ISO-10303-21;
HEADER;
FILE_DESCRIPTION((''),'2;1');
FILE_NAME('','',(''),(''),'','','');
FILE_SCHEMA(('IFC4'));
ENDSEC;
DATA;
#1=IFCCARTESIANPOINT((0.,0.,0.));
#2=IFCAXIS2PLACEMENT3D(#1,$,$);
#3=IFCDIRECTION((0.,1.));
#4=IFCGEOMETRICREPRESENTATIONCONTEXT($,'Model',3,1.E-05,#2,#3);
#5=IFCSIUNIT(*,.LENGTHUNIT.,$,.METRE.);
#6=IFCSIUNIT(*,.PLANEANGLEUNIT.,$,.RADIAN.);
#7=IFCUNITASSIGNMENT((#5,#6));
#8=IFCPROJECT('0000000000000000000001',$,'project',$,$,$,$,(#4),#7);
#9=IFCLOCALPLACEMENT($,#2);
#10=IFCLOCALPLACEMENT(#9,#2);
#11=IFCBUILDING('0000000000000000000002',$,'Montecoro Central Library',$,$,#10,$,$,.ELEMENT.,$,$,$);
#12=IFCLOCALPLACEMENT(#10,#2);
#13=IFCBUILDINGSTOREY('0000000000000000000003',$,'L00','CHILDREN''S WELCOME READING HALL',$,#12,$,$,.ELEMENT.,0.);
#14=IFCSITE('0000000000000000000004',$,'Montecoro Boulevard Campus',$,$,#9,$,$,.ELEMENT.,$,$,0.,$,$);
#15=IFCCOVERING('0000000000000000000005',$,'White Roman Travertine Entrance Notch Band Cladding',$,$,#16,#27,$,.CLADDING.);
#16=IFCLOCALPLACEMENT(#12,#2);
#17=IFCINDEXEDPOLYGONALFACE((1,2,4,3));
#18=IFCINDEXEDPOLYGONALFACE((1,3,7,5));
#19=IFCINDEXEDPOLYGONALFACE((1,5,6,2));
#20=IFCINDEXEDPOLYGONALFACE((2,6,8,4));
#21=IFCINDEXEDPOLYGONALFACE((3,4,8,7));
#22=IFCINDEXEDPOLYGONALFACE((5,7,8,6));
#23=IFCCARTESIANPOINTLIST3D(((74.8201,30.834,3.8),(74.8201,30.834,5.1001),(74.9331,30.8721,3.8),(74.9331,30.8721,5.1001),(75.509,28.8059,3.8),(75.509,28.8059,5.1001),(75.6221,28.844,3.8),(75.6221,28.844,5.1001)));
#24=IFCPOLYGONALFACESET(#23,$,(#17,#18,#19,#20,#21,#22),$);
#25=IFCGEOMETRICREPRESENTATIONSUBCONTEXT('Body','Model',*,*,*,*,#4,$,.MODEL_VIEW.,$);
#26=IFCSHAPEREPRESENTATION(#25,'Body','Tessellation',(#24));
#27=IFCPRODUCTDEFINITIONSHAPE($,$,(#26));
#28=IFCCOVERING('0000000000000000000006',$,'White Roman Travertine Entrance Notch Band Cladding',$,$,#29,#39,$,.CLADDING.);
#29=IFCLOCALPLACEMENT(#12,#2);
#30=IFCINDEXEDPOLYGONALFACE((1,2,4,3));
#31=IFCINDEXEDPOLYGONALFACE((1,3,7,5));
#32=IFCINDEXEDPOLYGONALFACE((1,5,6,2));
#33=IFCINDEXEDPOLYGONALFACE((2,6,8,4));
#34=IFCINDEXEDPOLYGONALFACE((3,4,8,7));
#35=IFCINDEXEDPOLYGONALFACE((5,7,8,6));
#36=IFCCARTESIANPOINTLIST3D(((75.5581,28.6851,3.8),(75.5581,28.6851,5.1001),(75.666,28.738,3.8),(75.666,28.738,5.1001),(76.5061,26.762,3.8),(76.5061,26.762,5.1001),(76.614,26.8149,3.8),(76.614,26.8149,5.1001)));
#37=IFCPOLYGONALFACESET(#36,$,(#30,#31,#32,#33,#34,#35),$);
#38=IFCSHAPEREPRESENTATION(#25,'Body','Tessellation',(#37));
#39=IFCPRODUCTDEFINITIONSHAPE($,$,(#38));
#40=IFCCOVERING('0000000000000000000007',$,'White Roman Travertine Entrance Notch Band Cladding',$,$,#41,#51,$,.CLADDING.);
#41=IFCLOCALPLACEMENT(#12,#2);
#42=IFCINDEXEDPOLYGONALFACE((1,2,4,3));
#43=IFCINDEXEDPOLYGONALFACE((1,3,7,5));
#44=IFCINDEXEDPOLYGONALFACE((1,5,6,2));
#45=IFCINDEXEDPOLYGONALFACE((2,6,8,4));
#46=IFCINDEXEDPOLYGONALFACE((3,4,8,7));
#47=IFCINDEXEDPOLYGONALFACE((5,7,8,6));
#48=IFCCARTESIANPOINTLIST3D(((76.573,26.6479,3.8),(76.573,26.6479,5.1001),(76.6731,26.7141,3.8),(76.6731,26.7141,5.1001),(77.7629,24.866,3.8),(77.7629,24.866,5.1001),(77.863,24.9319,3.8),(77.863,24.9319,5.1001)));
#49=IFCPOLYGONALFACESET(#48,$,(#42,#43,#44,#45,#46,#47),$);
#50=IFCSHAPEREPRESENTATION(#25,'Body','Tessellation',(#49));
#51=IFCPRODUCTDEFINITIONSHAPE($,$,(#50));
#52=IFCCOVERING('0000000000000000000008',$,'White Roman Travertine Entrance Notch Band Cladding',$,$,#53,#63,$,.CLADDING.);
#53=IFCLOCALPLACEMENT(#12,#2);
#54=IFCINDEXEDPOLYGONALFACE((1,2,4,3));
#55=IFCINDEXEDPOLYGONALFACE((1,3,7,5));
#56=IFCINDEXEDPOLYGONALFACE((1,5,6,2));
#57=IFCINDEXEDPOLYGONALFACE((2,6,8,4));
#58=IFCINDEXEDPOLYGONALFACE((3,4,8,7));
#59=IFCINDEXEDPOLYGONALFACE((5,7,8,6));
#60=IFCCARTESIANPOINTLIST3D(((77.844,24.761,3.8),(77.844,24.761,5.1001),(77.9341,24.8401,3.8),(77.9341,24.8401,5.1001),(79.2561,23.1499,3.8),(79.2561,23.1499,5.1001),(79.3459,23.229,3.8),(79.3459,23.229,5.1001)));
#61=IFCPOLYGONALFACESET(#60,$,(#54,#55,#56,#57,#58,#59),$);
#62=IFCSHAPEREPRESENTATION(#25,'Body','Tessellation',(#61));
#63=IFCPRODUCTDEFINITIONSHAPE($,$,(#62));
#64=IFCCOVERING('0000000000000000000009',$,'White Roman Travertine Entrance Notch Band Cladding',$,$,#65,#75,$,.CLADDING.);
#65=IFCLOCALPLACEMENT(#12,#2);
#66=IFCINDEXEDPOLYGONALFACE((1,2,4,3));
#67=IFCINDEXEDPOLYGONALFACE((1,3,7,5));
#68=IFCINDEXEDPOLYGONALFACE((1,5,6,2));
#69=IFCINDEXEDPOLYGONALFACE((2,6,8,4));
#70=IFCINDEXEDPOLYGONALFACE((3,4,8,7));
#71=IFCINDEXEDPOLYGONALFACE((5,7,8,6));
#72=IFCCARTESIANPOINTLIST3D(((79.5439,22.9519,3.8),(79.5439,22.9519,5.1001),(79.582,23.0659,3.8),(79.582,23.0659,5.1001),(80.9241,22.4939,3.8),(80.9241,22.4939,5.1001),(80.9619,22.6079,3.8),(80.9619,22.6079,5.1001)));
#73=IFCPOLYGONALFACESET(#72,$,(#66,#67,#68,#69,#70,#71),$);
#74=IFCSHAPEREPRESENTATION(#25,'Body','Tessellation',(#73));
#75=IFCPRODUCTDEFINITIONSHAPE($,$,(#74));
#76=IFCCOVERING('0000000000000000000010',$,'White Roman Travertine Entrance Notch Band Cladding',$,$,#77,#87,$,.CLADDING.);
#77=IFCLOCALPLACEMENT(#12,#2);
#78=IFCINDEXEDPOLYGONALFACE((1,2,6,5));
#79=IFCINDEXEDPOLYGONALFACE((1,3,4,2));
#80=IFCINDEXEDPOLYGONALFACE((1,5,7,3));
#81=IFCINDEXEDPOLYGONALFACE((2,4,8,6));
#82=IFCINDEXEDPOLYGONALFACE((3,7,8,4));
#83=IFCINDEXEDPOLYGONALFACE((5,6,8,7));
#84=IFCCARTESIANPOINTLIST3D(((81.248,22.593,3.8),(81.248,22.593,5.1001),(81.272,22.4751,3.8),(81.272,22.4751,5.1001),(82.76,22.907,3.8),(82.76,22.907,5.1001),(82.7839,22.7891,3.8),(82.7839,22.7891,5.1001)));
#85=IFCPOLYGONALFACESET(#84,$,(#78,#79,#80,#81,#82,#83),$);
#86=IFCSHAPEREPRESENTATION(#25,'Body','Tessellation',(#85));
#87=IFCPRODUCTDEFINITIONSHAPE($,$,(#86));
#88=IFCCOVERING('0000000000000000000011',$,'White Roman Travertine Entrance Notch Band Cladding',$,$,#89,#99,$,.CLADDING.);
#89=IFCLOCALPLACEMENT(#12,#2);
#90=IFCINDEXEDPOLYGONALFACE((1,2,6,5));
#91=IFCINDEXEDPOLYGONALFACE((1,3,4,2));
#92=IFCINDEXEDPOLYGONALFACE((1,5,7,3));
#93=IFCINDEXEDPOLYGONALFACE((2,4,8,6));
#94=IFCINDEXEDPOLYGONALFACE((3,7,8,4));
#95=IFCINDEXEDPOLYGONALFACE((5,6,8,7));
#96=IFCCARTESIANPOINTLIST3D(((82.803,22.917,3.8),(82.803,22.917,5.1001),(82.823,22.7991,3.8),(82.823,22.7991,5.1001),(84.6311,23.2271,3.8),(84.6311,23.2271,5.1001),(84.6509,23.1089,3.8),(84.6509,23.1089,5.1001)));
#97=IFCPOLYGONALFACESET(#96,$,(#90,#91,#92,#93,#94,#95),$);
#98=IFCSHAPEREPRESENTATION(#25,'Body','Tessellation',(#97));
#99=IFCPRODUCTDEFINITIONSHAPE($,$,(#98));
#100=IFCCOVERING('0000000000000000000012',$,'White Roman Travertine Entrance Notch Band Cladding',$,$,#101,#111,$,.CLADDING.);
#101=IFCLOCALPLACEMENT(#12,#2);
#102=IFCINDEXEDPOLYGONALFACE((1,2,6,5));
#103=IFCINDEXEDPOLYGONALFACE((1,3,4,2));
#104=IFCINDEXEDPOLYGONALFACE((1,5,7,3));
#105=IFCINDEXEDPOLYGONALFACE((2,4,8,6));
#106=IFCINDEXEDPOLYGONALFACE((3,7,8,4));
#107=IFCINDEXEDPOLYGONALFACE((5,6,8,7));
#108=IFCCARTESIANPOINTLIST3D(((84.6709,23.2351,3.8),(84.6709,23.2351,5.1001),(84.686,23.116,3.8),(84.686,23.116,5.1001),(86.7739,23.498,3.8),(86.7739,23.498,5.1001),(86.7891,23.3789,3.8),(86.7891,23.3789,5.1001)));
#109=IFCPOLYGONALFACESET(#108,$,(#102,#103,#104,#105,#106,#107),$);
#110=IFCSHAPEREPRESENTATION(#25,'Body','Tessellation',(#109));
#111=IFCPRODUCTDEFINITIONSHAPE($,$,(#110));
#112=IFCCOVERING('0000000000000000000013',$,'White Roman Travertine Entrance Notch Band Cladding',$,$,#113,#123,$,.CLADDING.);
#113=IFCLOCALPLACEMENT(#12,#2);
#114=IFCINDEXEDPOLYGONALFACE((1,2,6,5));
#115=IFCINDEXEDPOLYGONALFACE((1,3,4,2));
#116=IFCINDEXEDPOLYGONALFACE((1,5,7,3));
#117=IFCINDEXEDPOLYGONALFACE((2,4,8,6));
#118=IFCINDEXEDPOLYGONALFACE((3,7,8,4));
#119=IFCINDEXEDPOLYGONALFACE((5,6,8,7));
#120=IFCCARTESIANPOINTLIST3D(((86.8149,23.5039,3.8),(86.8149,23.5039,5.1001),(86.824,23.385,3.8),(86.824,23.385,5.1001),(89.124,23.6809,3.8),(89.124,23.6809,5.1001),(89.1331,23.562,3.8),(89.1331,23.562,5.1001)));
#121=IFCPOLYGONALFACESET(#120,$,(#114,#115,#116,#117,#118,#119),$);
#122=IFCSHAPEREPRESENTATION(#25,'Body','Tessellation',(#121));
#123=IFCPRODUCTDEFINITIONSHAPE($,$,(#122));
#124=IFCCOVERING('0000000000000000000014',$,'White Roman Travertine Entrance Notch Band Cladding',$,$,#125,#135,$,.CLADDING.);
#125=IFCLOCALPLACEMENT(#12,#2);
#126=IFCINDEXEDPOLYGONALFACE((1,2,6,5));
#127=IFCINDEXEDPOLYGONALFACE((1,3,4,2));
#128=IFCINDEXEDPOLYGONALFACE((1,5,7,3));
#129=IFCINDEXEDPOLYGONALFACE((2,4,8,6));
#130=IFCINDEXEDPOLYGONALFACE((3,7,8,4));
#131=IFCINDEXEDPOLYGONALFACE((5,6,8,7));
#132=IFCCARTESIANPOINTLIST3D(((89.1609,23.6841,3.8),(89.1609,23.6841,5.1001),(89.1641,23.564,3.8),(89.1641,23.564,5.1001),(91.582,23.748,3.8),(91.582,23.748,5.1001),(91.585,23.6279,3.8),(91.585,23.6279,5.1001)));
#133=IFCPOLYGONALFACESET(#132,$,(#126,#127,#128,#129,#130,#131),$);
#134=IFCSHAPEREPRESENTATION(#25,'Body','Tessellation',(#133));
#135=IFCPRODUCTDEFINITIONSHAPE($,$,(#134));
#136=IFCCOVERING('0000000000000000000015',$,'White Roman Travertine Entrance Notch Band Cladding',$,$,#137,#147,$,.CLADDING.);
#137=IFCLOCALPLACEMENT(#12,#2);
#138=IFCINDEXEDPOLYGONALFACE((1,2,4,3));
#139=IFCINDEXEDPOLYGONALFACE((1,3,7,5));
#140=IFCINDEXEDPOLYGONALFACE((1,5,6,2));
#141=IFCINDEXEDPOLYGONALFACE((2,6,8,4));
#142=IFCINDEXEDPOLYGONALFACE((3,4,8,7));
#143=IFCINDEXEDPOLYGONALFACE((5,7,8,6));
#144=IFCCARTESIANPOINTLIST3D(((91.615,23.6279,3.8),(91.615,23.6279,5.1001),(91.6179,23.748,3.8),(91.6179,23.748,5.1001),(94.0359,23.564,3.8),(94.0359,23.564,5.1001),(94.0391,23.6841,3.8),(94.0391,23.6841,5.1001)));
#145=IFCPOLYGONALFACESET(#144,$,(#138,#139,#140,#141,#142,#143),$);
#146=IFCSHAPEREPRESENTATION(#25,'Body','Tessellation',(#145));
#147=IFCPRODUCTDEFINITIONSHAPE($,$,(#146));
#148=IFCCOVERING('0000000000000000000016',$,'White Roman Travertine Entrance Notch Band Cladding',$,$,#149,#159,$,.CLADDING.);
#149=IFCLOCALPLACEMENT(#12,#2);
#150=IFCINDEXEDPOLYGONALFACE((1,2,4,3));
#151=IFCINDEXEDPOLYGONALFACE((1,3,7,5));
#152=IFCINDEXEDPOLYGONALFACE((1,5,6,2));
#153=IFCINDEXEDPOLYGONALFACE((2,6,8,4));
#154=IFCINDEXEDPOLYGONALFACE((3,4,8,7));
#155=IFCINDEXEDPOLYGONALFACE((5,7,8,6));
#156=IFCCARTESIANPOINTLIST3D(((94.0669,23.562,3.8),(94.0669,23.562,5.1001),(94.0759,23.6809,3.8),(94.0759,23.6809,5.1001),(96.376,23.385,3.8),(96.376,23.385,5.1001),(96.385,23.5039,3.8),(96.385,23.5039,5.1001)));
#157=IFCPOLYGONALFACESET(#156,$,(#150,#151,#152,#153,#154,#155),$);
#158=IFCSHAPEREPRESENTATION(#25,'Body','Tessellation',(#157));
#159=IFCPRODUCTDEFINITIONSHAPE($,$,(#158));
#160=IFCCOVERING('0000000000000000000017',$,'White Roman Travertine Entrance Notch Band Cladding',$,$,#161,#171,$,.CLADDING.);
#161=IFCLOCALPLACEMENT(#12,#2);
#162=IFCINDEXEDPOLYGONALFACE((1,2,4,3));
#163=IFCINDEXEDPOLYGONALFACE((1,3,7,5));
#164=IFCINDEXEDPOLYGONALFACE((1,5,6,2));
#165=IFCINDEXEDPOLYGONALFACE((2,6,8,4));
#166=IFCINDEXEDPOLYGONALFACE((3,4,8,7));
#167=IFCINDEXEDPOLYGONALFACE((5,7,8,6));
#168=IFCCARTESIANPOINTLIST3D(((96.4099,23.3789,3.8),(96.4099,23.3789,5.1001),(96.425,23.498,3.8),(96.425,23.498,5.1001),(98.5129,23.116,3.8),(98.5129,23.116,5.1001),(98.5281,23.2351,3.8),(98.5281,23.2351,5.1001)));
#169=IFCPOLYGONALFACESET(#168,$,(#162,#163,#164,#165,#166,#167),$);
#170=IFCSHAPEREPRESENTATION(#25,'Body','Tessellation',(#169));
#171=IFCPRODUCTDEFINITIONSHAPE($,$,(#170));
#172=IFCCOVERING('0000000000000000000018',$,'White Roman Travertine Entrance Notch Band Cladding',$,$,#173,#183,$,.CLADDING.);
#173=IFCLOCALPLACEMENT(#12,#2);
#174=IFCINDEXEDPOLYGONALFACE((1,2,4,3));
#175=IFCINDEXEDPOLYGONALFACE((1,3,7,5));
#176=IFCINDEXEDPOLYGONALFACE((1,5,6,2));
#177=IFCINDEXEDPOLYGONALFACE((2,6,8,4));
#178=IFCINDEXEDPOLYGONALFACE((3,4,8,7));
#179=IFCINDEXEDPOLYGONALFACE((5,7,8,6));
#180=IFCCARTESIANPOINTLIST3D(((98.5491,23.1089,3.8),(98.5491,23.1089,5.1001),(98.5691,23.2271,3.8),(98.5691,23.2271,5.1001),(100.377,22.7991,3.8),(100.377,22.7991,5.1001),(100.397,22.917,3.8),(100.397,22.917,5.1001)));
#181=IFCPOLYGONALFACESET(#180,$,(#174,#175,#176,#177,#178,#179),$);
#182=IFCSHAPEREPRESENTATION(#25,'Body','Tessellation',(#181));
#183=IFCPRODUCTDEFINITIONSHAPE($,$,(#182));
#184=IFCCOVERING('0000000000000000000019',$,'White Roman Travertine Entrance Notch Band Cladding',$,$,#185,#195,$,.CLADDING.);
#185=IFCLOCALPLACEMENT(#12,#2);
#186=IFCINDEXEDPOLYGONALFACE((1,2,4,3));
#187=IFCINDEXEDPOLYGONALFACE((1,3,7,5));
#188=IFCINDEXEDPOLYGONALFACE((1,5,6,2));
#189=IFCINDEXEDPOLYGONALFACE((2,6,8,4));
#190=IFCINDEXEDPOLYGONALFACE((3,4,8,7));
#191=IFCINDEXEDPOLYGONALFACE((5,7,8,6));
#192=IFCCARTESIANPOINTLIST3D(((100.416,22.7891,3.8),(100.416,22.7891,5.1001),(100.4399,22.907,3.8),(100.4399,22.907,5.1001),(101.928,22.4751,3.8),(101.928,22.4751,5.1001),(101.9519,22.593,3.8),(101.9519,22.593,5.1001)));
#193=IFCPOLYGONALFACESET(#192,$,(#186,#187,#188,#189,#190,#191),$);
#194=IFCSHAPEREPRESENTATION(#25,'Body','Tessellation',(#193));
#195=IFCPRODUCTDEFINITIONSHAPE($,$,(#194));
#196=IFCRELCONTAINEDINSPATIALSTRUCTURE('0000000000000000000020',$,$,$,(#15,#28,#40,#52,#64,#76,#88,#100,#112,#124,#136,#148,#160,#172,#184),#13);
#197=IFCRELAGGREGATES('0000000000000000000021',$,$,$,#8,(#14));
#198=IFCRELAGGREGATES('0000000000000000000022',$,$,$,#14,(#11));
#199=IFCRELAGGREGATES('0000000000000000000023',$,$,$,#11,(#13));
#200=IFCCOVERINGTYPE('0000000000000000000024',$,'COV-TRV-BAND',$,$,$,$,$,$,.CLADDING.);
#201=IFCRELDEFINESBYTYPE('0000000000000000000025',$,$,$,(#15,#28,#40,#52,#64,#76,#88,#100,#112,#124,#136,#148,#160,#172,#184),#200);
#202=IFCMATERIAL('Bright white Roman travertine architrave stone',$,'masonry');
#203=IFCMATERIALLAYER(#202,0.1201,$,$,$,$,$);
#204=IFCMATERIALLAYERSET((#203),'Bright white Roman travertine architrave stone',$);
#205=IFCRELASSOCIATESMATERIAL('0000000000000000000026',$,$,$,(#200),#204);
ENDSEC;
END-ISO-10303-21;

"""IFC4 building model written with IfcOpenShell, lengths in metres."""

from ifc_helpers import new_model, si_unit, direction, frame, origin, place, context, subcontext, project, spatial, polyline, outline, extrude, material, layer, layer_set, type_object, element, save


model = new_model("IFC4")

# Units and contexts
model_context = context("Model", 3, precision=1e-05, world=origin(), true_north=direction((0.0, 1.0)))
body_context = subcontext(model_context, "Body", "Model", "MODEL_VIEW")
ifc_project = project(units=[si_unit("LENGTHUNIT", "METRE"), si_unit("PLANEANGLEUNIT", "RADIAN")], contexts=[model_context])

# Site, building, storey
site_placement = place(None, origin())
site = spatial("IfcSite", under=ifc_project, at=site_placement, Name="Montecoro Boulevard Campus", CompositionType="ELEMENT", RefElevation=0.0)
building_placement = place(site_placement, origin())
building = spatial("IfcBuilding", under=site, at=building_placement, Name="Montecoro Central Library", CompositionType="ELEMENT")
storey_placement = place(building_placement, origin())
storey = spatial("IfcBuildingStorey", under=building, at=storey_placement, Name="L00", Description="CHILDREN'S WELCOME READING HALL", CompositionType="ELEMENT", Elevation=0.0)

# Coverings
ifc_material = material(Name="Bright white Roman travertine architrave stone", Category="masonry")
ifc_layer = layer(ifc_material, 0.1201)
ifc_layer_set = layer_set([ifc_layer], Name="Bright white Roman travertine architrave stone")
covering_type = type_object("IfcCoveringType", Name="COV-TRV-BAND", PredefinedType="CLADDING", material=ifc_layer_set)
covering_1_placement = place(storey_placement, frame((0.0, 0.0, 3.8)))
element("IfcCovering", 1, at=covering_1_placement, inside=storey, type_object=covering_type, Name="White Roman Travertine Entrance Notch Band Cladding", PredefinedType="CLADDING", context=body_context, shape_type="SweptSolid", body=[
    extrude(outline(polyline([(74.8201, 30.834), (75.509, 28.8059), (75.6221, 28.844), (74.9331, 30.8721), (74.8201, 30.834)])), origin(), (0.0, 0.0, 1.0), 1.3),
])
covering_2_placement = place(storey_placement, frame((0.0, 0.0, 3.8)))
element("IfcCovering", 2, at=covering_2_placement, inside=storey, type_object=covering_type, Name="White Roman Travertine Entrance Notch Band Cladding", PredefinedType="CLADDING", context=body_context, shape_type="SweptSolid", body=[
    extrude(outline(polyline([(75.5581, 28.6851), (76.5061, 26.762), (76.614, 26.8149), (75.666, 28.738), (75.5581, 28.6851)])), origin(), (0.0, 0.0, 1.0), 1.3),
])
covering_3_placement = place(storey_placement, frame((0.0, 0.0, 3.8)))
element("IfcCovering", 3, at=covering_3_placement, inside=storey, type_object=covering_type, Name="White Roman Travertine Entrance Notch Band Cladding", PredefinedType="CLADDING", context=body_context, shape_type="SweptSolid", body=[
    extrude(outline(polyline([(76.573, 26.6479), (77.7629, 24.866), (77.863, 24.9319), (76.6731, 26.7141), (76.573, 26.6479)])), origin(), (0.0, 0.0, 1.0), 1.3),
])
covering_4_placement = place(storey_placement, frame((0.0, 0.0, 3.8)))
element("IfcCovering", 4, at=covering_4_placement, inside=storey, type_object=covering_type, Name="White Roman Travertine Entrance Notch Band Cladding", PredefinedType="CLADDING", context=body_context, shape_type="SweptSolid", body=[
    extrude(outline(polyline([(77.844, 24.761), (79.2561, 23.1499), (79.3459, 23.229), (77.9341, 24.8401), (77.844, 24.761)])), origin(), (0.0, 0.0, 1.0), 1.3),
])
covering_5_placement = place(storey_placement, frame((0.0, 0.0, 3.8)))
element("IfcCovering", 5, at=covering_5_placement, inside=storey, type_object=covering_type, Name="White Roman Travertine Entrance Notch Band Cladding", PredefinedType="CLADDING", context=body_context, shape_type="SweptSolid", body=[
    extrude(outline(polyline([(79.5439, 22.9519), (80.9241, 22.4939), (80.9619, 22.6079), (79.582, 23.0659), (79.5439, 22.9519)])), origin(), (0.0, 0.0, 1.0), 1.3),
])
covering_6_placement = place(storey_placement, frame((0.0, 0.0, 3.8)))
element("IfcCovering", 6, at=covering_6_placement, inside=storey, type_object=covering_type, Name="White Roman Travertine Entrance Notch Band Cladding", PredefinedType="CLADDING", context=body_context, shape_type="SweptSolid", body=[
    extrude(outline(polyline([(81.272, 22.4751), (82.7839, 22.7891), (82.76, 22.907), (81.248, 22.593), (81.272, 22.4751)])), origin(), (0.0, 0.0, 1.0), 1.3),
])
covering_7_placement = place(storey_placement, frame((0.0, 0.0, 3.8)))
element("IfcCovering", 7, at=covering_7_placement, inside=storey, type_object=covering_type, Name="White Roman Travertine Entrance Notch Band Cladding", PredefinedType="CLADDING", context=body_context, shape_type="SweptSolid", body=[
    extrude(outline(polyline([(82.823, 22.7991), (84.6509, 23.1089), (84.6311, 23.2271), (82.803, 22.917), (82.823, 22.7991)])), origin(), (0.0, 0.0, 1.0), 1.3),
])
covering_8_placement = place(storey_placement, frame((0.0, 0.0, 3.8)))
element("IfcCovering", 8, at=covering_8_placement, inside=storey, type_object=covering_type, Name="White Roman Travertine Entrance Notch Band Cladding", PredefinedType="CLADDING", context=body_context, shape_type="SweptSolid", body=[
    extrude(outline(polyline([(84.686, 23.116), (86.7891, 23.3789), (86.7739, 23.498), (84.6709, 23.2351), (84.686, 23.116)])), origin(), (0.0, 0.0, 1.0), 1.3),
])
covering_9_placement = place(storey_placement, frame((0.0, 0.0, 3.8)))
element("IfcCovering", 9, at=covering_9_placement, inside=storey, type_object=covering_type, Name="White Roman Travertine Entrance Notch Band Cladding", PredefinedType="CLADDING", context=body_context, shape_type="SweptSolid", body=[
    extrude(outline(polyline([(86.824, 23.385), (89.1331, 23.562), (89.124, 23.6809), (86.8149, 23.5039), (86.824, 23.385)])), origin(), (0.0, 0.0, 1.0), 1.3),
])
covering_10_placement = place(storey_placement, frame((0.0, 0.0, 3.8)))
element("IfcCovering", 10, at=covering_10_placement, inside=storey, type_object=covering_type, Name="White Roman Travertine Entrance Notch Band Cladding", PredefinedType="CLADDING", context=body_context, shape_type="SweptSolid", body=[
    extrude(outline(polyline([(89.1641, 23.564), (91.585, 23.6279), (91.582, 23.748), (89.1609, 23.6841), (89.1641, 23.564)])), origin(), (0.0, 0.0, 1.0), 1.3),
])
covering_11_placement = place(storey_placement, frame((0.0, 0.0, 3.8)))
element("IfcCovering", 11, at=covering_11_placement, inside=storey, type_object=covering_type, Name="White Roman Travertine Entrance Notch Band Cladding", PredefinedType="CLADDING", context=body_context, shape_type="SweptSolid", body=[
    extrude(outline(polyline([(91.615, 23.6279), (94.0359, 23.564), (94.0391, 23.6841), (91.6179, 23.748), (91.615, 23.6279)])), origin(), (0.0, 0.0, 1.0), 1.3),
])
covering_12_placement = place(storey_placement, frame((0.0, 0.0, 3.8)))
element("IfcCovering", 12, at=covering_12_placement, inside=storey, type_object=covering_type, Name="White Roman Travertine Entrance Notch Band Cladding", PredefinedType="CLADDING", context=body_context, shape_type="SweptSolid", body=[
    extrude(outline(polyline([(94.0669, 23.562), (96.376, 23.385), (96.385, 23.5039), (94.0759, 23.6809), (94.0669, 23.562)])), origin(), (0.0, 0.0, 1.0), 1.3),
])
covering_13_placement = place(storey_placement, frame((0.0, 0.0, 3.8)))
element("IfcCovering", 13, at=covering_13_placement, inside=storey, type_object=covering_type, Name="White Roman Travertine Entrance Notch Band Cladding", PredefinedType="CLADDING", context=body_context, shape_type="SweptSolid", body=[
    extrude(outline(polyline([(96.4099, 23.3789), (98.5129, 23.116), (98.5281, 23.2351), (96.425, 23.498), (96.4099, 23.3789)])), origin(), (0.0, 0.0, 1.0), 1.3),
])
covering_14_placement = place(storey_placement, frame((0.0, 0.0, 3.8)))
element("IfcCovering", 14, at=covering_14_placement, inside=storey, type_object=covering_type, Name="White Roman Travertine Entrance Notch Band Cladding", PredefinedType="CLADDING", context=body_context, shape_type="SweptSolid", body=[
    extrude(outline(polyline([(98.5491, 23.1089), (100.377, 22.7991), (100.397, 22.917), (98.5691, 23.2271), (98.5491, 23.1089)])), origin(), (0.0, 0.0, 1.0), 1.3),
])
covering_15_placement = place(storey_placement, frame((0.0, 0.0, 3.8)))
element("IfcCovering", 15, at=covering_15_placement, inside=storey, type_object=covering_type, Name="White Roman Travertine Entrance Notch Band Cladding", PredefinedType="CLADDING", context=body_context, shape_type="SweptSolid", body=[
    extrude(outline(polyline([(100.416, 22.7891), (101.928, 22.4751), (101.9519, 22.593), (100.4399, 22.907), (100.416, 22.7891)])), origin(), (0.0, 0.0, 1.0), 1.3),
])

save(model, "model.ifc")
